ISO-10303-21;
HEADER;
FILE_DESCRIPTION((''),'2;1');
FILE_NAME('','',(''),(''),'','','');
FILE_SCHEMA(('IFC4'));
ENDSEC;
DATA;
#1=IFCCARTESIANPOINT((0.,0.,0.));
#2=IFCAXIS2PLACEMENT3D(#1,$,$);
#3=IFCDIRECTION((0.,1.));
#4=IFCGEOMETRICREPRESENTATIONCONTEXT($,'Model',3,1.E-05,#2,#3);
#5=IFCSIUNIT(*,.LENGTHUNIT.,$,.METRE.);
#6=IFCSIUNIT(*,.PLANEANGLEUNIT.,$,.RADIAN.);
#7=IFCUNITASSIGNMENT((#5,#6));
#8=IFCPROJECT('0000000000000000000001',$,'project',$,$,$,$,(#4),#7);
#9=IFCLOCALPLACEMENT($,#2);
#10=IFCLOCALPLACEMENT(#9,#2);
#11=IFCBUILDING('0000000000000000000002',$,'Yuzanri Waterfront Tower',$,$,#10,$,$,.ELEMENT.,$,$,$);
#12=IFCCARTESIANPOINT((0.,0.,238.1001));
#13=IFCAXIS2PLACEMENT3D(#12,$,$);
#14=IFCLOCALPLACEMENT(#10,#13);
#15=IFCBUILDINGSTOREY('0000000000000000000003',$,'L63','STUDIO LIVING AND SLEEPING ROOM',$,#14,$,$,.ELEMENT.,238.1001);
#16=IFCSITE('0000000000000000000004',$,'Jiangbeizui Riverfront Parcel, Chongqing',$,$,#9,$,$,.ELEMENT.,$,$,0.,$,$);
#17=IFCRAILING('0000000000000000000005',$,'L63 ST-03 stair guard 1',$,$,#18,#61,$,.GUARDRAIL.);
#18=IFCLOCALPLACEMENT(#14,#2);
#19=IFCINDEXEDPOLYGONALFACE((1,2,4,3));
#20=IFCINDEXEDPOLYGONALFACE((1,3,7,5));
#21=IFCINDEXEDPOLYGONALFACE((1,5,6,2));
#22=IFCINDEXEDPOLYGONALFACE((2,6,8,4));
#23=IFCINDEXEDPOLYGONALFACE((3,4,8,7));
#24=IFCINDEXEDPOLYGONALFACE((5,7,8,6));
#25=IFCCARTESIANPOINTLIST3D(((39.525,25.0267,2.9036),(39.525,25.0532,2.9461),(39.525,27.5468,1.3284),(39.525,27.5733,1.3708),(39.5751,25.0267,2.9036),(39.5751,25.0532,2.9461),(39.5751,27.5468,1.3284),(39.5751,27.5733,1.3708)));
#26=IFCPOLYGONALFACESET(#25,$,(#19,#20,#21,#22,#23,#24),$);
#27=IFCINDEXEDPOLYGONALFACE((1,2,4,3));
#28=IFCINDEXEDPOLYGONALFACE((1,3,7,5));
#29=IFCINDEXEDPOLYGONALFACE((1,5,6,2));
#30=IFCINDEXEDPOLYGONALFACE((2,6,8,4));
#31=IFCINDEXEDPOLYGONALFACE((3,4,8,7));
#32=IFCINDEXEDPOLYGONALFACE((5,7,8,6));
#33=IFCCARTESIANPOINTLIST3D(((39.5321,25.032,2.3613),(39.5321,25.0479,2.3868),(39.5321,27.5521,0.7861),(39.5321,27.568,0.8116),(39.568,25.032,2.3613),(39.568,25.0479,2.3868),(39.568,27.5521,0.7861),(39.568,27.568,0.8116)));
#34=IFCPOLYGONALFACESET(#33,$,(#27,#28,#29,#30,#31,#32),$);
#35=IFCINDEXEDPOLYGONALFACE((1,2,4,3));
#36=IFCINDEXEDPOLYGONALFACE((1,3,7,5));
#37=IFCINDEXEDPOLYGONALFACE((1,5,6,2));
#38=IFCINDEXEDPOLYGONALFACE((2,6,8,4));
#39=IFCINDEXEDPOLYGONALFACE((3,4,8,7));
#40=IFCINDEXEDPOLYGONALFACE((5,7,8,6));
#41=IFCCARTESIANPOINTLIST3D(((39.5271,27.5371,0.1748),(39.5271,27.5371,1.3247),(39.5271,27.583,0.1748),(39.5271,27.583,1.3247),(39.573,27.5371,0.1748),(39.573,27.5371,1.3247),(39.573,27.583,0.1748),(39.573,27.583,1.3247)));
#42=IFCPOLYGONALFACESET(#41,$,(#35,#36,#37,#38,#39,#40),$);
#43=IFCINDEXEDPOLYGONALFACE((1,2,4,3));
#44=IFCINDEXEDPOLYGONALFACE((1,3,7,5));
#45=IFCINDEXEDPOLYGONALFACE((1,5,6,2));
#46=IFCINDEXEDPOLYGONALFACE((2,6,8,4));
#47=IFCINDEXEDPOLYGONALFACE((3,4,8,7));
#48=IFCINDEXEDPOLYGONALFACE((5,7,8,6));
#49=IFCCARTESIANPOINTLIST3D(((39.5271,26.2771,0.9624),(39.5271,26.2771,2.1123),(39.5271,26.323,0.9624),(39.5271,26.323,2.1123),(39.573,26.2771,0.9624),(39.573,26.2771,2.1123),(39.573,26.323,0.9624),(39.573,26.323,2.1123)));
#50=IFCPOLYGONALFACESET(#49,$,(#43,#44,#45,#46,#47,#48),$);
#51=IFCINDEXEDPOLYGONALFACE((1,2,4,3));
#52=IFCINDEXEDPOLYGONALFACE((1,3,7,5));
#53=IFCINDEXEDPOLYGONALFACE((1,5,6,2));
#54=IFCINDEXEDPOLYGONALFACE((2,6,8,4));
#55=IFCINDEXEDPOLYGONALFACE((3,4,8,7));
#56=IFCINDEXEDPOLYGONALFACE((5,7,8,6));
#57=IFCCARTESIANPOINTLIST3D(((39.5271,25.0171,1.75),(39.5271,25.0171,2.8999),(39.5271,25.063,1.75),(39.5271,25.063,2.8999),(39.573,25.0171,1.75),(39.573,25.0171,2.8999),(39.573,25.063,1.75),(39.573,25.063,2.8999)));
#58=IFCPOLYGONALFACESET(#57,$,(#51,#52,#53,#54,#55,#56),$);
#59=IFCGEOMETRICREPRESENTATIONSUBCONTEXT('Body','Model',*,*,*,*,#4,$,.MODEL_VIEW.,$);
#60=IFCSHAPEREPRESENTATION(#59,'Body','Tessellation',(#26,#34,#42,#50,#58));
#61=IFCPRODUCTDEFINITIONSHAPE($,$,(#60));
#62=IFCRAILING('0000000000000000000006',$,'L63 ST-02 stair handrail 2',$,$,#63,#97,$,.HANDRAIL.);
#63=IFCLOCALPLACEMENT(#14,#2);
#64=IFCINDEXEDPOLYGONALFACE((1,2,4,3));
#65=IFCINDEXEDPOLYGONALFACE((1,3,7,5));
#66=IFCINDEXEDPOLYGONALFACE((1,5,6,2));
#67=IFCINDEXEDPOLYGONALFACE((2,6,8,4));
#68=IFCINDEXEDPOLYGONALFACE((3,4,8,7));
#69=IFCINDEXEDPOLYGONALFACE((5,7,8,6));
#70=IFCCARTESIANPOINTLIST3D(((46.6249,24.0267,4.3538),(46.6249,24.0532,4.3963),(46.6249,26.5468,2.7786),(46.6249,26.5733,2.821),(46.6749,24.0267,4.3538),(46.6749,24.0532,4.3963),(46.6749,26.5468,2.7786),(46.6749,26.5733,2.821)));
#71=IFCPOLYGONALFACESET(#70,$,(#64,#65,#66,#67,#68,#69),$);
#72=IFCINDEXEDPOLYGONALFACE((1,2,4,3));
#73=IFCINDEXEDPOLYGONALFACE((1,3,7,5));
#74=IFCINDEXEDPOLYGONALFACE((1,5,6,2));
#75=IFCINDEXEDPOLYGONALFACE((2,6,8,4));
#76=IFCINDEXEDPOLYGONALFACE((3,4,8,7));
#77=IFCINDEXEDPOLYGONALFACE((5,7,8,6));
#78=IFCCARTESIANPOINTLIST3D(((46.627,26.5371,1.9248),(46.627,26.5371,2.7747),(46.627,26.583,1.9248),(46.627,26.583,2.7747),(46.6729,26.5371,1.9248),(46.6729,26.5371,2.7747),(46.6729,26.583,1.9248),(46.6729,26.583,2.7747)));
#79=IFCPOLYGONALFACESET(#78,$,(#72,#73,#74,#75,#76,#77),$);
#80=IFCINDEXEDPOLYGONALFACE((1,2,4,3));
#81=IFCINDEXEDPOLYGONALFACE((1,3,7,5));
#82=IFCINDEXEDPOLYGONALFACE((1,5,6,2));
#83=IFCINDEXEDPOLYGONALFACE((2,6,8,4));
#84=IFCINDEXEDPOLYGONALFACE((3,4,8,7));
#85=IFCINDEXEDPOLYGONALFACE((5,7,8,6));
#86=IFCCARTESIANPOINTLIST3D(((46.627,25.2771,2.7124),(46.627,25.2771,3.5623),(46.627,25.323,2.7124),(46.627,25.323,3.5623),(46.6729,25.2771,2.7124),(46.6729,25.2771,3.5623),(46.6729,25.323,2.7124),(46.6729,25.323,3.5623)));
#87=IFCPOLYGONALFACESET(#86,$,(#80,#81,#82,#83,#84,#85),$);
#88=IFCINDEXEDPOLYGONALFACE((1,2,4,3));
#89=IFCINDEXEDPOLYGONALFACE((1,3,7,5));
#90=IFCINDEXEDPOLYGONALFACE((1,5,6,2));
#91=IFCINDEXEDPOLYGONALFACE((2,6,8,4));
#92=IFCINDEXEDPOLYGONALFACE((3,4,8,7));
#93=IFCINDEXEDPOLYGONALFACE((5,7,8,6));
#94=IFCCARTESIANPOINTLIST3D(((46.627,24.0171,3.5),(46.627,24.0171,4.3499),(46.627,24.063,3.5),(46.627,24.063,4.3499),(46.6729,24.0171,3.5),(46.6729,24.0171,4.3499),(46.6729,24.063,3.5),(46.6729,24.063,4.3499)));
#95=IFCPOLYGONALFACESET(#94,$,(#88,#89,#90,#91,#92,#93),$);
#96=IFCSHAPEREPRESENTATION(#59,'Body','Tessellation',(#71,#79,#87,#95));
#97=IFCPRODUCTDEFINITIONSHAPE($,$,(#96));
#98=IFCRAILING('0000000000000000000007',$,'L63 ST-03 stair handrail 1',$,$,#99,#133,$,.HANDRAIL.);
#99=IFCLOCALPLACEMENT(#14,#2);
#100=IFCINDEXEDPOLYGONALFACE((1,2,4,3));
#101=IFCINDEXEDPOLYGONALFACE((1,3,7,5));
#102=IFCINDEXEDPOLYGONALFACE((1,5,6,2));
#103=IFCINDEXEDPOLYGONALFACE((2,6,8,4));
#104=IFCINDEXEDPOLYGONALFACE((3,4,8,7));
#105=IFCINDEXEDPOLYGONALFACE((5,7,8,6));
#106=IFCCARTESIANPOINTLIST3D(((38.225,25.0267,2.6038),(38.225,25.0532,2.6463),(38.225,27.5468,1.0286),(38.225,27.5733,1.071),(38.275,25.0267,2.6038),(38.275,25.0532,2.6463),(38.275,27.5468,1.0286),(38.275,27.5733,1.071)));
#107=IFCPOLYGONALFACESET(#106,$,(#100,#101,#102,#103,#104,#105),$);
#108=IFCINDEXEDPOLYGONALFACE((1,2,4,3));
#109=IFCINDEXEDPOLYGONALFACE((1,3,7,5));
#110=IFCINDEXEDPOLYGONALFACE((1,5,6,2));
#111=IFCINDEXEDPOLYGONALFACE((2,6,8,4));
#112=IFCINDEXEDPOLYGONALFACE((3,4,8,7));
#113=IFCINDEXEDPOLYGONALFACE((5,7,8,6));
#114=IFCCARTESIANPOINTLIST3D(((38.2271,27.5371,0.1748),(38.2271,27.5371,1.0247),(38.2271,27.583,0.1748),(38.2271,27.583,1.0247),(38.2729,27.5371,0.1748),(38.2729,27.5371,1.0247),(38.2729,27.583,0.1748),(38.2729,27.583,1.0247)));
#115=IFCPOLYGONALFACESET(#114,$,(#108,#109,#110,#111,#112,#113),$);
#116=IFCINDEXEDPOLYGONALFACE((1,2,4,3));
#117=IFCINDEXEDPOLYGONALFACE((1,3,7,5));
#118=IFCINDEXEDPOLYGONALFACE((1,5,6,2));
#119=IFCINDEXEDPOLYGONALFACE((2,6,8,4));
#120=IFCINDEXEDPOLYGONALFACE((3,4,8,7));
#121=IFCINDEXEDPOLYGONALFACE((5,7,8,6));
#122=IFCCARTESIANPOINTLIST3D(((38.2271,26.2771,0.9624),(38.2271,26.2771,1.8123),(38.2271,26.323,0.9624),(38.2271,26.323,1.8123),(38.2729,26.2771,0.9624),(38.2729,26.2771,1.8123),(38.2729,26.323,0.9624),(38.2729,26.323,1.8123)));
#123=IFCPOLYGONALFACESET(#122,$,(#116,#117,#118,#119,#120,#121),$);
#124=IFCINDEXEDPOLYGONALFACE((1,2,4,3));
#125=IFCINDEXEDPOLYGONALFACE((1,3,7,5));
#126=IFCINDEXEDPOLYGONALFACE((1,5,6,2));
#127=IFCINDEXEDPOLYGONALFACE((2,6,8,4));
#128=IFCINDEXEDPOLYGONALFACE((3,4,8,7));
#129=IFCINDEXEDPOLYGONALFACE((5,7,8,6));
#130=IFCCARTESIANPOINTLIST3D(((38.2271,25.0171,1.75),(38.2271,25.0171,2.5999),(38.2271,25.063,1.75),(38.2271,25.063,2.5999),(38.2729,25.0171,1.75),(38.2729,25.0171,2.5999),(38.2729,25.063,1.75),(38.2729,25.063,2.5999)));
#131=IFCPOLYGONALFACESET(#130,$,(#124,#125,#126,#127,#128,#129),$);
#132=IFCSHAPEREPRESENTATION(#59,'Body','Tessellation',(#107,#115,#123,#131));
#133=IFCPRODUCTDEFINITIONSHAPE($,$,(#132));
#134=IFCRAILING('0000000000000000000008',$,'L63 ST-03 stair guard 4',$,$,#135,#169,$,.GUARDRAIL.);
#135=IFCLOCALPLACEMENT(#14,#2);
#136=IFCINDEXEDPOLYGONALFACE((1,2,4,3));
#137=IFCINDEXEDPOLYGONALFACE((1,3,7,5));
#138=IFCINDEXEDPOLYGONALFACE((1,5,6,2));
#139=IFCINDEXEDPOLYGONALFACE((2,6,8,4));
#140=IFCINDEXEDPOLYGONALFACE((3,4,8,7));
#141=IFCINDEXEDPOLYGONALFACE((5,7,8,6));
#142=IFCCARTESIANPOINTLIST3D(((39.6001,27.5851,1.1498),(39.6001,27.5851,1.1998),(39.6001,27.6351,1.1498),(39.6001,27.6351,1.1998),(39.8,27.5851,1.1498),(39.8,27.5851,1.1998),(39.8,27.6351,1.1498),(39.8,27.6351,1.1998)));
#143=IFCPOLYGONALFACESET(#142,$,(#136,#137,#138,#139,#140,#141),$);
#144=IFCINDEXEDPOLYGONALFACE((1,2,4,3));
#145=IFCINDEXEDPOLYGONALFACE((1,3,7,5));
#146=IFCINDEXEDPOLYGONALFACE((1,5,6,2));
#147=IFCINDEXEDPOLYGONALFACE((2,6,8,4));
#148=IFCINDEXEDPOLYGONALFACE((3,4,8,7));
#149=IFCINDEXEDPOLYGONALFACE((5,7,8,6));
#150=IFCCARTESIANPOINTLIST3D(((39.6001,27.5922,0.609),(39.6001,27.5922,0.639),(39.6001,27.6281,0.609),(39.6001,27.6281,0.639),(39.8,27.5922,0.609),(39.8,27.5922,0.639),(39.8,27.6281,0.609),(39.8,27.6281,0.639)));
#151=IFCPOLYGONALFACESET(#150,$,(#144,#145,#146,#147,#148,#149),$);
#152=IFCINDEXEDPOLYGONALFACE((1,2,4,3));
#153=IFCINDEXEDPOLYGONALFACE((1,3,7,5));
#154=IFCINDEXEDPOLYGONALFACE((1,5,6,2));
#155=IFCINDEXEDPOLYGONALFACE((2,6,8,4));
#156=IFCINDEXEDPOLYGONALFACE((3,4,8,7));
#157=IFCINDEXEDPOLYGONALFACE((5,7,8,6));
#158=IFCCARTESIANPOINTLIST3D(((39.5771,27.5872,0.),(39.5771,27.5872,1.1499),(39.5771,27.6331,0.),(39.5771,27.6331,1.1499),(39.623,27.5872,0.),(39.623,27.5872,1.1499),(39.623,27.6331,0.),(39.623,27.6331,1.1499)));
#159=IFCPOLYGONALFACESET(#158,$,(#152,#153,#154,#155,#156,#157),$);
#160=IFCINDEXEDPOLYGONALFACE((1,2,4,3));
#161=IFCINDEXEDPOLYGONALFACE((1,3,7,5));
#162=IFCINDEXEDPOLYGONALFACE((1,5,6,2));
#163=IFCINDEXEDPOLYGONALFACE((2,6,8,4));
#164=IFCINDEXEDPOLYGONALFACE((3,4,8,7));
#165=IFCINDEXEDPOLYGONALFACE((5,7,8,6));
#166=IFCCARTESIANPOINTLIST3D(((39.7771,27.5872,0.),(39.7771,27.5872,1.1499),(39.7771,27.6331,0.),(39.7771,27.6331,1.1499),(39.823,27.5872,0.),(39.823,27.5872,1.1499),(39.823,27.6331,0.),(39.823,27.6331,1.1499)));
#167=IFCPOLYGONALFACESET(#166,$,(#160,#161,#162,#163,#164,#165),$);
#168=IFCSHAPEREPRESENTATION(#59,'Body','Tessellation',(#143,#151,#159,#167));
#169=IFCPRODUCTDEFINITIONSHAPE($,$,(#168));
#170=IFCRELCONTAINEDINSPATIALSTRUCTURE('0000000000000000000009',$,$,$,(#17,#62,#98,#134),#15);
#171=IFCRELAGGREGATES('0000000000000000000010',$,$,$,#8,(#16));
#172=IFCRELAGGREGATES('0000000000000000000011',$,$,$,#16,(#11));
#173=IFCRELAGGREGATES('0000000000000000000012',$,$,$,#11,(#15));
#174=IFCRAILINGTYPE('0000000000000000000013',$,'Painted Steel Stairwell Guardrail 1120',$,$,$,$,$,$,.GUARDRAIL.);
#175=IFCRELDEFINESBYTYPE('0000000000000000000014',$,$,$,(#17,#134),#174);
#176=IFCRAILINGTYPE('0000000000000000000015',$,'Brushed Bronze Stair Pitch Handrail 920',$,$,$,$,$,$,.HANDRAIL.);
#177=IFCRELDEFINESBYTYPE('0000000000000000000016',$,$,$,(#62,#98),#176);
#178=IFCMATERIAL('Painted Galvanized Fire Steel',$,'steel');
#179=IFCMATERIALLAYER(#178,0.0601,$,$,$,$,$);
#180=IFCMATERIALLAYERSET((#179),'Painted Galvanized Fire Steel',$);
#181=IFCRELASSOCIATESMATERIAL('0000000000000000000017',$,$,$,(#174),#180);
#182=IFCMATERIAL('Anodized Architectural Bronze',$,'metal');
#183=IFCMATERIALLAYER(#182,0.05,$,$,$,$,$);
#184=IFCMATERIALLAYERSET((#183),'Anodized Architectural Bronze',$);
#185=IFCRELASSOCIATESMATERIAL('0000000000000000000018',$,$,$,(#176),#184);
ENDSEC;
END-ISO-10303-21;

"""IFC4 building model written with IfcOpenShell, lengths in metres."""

from ifc_helpers import new_model, si_unit, direction, frame, origin, origin_2d, place, context, subcontext, project, spatial, rectangle, extrude, source, transform, mapped, material, layer, layer_set, type_object, element, save


model = new_model("IFC4")

# Units and contexts
model_context = context("Model", 3, precision=1e-05, world=origin(), true_north=direction((0.0, 1.0)))
body_context = subcontext(model_context, "Body", "Model", "MODEL_VIEW")
ifc_project = project(units=[si_unit("LENGTHUNIT", "METRE"), si_unit("PLANEANGLEUNIT", "RADIAN")], contexts=[model_context])

# Site, building, storey
site_placement = place(None, origin())
site = spatial("IfcSite", under=ifc_project, at=site_placement, Name="Jiangbeizui Riverfront Parcel, Chongqing", CompositionType="ELEMENT", RefElevation=0.0)
building_placement = place(site_placement, origin())
building = spatial("IfcBuilding", under=site, at=building_placement, Name="Yuzanri Waterfront Tower", CompositionType="ELEMENT")
storey_placement = place(building_placement, frame((0.0, 0.0, 238.1001)))
storey = spatial("IfcBuildingStorey", under=building, at=storey_placement, Name="L63", Description="STUDIO LIVING AND SLEEPING ROOM", CompositionType="ELEMENT", Elevation=238.1001)

# Railings
ifc_material_1 = material(Name="Painted Galvanized Fire Steel", Category="steel")
ifc_layer_1 = layer(ifc_material_1, 0.0601)
ifc_layer_set_1 = layer_set([ifc_layer_1], Name="Painted Galvanized Fire Steel")
railing_type_1 = type_object("IfcRailingType", Name="Painted Steel Stairwell Guardrail 1120", PredefinedType="GUARDRAIL", material=ifc_layer_set_1)
shared_shape_1 = source(origin(), body_context, "Body", "SweptSolid", [
    extrude(rectangle(XDim=0.05, YDim=0.05, at=origin_2d()), frame((0.0, 0.0, 1.1748), z_axis=(0.0, -0.847971, 0.530043), x_axis=(1.0, 0.0, 0.0)), (0.0, 0.0, 1.0), 2.9719),
    extrude(rectangle(XDim=0.0359, YDim=0.03, at=origin_2d()), frame((0.0, 0.0, 0.624), z_axis=(0.0, -0.847971, 0.530043), x_axis=(1.0, 0.0, 0.0)), (0.0, 0.0, 1.0), 2.9719),
    extrude(rectangle(XDim=0.0459, YDim=0.0459, at=origin_2d()), origin(), (0.0, 0.0, 1.0), 1.1499),
    extrude(rectangle(XDim=0.0459, YDim=0.0459, at=origin_2d()), frame((0.0, -1.26, 0.7876)), (0.0, 0.0, 1.0), 1.1499),
    extrude(rectangle(XDim=0.0459, YDim=0.0459, at=origin_2d()), frame((0.0, -2.52, 1.5752)), (0.0, 0.0, 1.0), 1.1499),
])
for number, where, name in (
    (1, (39.55, 27.5601, 0.1748), "L63 ST-03 stair guard 1"),
):
    element("IfcRailing", number, at=place(storey_placement, frame(where)), inside=storey, type_object=railing_type_1, Name=name, PredefinedType="GUARDRAIL", context=body_context, shape_type="MappedRepresentation", body=[
        mapped(shared_shape_1, transform((0.0, 0.0, 0.0), scale=1.0)),
    ])
ifc_material_2 = material(Name="Anodized Architectural Bronze", Category="metal")
ifc_layer_2 = layer(ifc_material_2, 0.05)
ifc_layer_set_2 = layer_set([ifc_layer_2], Name="Anodized Architectural Bronze")
railing_type_2 = type_object("IfcRailingType", Name="Brushed Bronze Stair Pitch Handrail 920", PredefinedType="HANDRAIL", material=ifc_layer_set_2)
shared_shape_2 = source(origin(), body_context, "Body", "SweptSolid", [
    extrude(rectangle(XDim=0.05, YDim=0.05, at=origin_2d()), frame((0.0, 0.0, 0.875), z_axis=(0.0, -0.847971, 0.530043), x_axis=(1.0, 0.0, 0.0)), (0.0, 0.0, 1.0), 2.9719),
    extrude(rectangle(XDim=0.0459, YDim=0.0459, at=origin_2d()), origin(), (0.0, 0.0, 1.0), 0.8499),
    extrude(rectangle(XDim=0.0459, YDim=0.0459, at=origin_2d()), frame((0.0, -1.26, 0.7876)), (0.0, 0.0, 1.0), 0.8499),
    extrude(rectangle(XDim=0.0459, YDim=0.0459, at=origin_2d()), frame((0.0, -2.52, 1.5752)), (0.0, 0.0, 1.0), 0.8499),
])
for number, where, name in (
    (2, (46.6499, 26.5601, 1.9248), "L63 ST-02 stair handrail 2"),
    (3, (38.25, 27.5601, 0.1748), "L63 ST-03 stair handrail 1"),
):
    element("IfcRailing", number, at=place(storey_placement, frame(where)), inside=storey, type_object=railing_type_2, Name=name, PredefinedType="HANDRAIL", context=body_context, shape_type="MappedRepresentation", body=[
        mapped(shared_shape_2, transform((0.0, 0.0, 0.0), scale=1.0)),
    ])
shared_shape_3 = source(origin(), body_context, "Body", "SweptSolid", [
    extrude(rectangle(XDim=0.05, YDim=0.05, at=origin_2d()), frame((0.0, 0.0, 1.1748), z_axis=(1.0, 0.0, 0.0), x_axis=(0.0, 1.0, 0.0)), (0.0, 0.0, 1.0), 0.2),
    extrude(rectangle(XDim=0.0359, YDim=0.03, at=origin_2d()), frame((0.0, 0.0, 0.624), z_axis=(1.0, 0.0, 0.0), x_axis=(0.0, 1.0, 0.0)), (0.0, 0.0, 1.0), 0.2),
    extrude(rectangle(XDim=0.0459, YDim=0.0459, at=origin_2d()), origin(), (0.0, 0.0, 1.0), 1.1499),
    extrude(rectangle(XDim=0.0459, YDim=0.0459, at=origin_2d()), frame((0.2, 0.0, 0.0)), (0.0, 0.0, 1.0), 1.1499),
])
railing_1_placement = place(storey_placement, frame((39.6001, 27.6101, 0.0)))
element("IfcRailing", 4, at=railing_1_placement, inside=storey, type_object=railing_type_1, Name="L63 ST-03 stair guard 4", PredefinedType="GUARDRAIL", context=body_context, shape_type="MappedRepresentation", body=[
    mapped(shared_shape_3, transform((0.0, 0.0, 0.0), scale=1.0)),
])

save(model, "model.ifc")
